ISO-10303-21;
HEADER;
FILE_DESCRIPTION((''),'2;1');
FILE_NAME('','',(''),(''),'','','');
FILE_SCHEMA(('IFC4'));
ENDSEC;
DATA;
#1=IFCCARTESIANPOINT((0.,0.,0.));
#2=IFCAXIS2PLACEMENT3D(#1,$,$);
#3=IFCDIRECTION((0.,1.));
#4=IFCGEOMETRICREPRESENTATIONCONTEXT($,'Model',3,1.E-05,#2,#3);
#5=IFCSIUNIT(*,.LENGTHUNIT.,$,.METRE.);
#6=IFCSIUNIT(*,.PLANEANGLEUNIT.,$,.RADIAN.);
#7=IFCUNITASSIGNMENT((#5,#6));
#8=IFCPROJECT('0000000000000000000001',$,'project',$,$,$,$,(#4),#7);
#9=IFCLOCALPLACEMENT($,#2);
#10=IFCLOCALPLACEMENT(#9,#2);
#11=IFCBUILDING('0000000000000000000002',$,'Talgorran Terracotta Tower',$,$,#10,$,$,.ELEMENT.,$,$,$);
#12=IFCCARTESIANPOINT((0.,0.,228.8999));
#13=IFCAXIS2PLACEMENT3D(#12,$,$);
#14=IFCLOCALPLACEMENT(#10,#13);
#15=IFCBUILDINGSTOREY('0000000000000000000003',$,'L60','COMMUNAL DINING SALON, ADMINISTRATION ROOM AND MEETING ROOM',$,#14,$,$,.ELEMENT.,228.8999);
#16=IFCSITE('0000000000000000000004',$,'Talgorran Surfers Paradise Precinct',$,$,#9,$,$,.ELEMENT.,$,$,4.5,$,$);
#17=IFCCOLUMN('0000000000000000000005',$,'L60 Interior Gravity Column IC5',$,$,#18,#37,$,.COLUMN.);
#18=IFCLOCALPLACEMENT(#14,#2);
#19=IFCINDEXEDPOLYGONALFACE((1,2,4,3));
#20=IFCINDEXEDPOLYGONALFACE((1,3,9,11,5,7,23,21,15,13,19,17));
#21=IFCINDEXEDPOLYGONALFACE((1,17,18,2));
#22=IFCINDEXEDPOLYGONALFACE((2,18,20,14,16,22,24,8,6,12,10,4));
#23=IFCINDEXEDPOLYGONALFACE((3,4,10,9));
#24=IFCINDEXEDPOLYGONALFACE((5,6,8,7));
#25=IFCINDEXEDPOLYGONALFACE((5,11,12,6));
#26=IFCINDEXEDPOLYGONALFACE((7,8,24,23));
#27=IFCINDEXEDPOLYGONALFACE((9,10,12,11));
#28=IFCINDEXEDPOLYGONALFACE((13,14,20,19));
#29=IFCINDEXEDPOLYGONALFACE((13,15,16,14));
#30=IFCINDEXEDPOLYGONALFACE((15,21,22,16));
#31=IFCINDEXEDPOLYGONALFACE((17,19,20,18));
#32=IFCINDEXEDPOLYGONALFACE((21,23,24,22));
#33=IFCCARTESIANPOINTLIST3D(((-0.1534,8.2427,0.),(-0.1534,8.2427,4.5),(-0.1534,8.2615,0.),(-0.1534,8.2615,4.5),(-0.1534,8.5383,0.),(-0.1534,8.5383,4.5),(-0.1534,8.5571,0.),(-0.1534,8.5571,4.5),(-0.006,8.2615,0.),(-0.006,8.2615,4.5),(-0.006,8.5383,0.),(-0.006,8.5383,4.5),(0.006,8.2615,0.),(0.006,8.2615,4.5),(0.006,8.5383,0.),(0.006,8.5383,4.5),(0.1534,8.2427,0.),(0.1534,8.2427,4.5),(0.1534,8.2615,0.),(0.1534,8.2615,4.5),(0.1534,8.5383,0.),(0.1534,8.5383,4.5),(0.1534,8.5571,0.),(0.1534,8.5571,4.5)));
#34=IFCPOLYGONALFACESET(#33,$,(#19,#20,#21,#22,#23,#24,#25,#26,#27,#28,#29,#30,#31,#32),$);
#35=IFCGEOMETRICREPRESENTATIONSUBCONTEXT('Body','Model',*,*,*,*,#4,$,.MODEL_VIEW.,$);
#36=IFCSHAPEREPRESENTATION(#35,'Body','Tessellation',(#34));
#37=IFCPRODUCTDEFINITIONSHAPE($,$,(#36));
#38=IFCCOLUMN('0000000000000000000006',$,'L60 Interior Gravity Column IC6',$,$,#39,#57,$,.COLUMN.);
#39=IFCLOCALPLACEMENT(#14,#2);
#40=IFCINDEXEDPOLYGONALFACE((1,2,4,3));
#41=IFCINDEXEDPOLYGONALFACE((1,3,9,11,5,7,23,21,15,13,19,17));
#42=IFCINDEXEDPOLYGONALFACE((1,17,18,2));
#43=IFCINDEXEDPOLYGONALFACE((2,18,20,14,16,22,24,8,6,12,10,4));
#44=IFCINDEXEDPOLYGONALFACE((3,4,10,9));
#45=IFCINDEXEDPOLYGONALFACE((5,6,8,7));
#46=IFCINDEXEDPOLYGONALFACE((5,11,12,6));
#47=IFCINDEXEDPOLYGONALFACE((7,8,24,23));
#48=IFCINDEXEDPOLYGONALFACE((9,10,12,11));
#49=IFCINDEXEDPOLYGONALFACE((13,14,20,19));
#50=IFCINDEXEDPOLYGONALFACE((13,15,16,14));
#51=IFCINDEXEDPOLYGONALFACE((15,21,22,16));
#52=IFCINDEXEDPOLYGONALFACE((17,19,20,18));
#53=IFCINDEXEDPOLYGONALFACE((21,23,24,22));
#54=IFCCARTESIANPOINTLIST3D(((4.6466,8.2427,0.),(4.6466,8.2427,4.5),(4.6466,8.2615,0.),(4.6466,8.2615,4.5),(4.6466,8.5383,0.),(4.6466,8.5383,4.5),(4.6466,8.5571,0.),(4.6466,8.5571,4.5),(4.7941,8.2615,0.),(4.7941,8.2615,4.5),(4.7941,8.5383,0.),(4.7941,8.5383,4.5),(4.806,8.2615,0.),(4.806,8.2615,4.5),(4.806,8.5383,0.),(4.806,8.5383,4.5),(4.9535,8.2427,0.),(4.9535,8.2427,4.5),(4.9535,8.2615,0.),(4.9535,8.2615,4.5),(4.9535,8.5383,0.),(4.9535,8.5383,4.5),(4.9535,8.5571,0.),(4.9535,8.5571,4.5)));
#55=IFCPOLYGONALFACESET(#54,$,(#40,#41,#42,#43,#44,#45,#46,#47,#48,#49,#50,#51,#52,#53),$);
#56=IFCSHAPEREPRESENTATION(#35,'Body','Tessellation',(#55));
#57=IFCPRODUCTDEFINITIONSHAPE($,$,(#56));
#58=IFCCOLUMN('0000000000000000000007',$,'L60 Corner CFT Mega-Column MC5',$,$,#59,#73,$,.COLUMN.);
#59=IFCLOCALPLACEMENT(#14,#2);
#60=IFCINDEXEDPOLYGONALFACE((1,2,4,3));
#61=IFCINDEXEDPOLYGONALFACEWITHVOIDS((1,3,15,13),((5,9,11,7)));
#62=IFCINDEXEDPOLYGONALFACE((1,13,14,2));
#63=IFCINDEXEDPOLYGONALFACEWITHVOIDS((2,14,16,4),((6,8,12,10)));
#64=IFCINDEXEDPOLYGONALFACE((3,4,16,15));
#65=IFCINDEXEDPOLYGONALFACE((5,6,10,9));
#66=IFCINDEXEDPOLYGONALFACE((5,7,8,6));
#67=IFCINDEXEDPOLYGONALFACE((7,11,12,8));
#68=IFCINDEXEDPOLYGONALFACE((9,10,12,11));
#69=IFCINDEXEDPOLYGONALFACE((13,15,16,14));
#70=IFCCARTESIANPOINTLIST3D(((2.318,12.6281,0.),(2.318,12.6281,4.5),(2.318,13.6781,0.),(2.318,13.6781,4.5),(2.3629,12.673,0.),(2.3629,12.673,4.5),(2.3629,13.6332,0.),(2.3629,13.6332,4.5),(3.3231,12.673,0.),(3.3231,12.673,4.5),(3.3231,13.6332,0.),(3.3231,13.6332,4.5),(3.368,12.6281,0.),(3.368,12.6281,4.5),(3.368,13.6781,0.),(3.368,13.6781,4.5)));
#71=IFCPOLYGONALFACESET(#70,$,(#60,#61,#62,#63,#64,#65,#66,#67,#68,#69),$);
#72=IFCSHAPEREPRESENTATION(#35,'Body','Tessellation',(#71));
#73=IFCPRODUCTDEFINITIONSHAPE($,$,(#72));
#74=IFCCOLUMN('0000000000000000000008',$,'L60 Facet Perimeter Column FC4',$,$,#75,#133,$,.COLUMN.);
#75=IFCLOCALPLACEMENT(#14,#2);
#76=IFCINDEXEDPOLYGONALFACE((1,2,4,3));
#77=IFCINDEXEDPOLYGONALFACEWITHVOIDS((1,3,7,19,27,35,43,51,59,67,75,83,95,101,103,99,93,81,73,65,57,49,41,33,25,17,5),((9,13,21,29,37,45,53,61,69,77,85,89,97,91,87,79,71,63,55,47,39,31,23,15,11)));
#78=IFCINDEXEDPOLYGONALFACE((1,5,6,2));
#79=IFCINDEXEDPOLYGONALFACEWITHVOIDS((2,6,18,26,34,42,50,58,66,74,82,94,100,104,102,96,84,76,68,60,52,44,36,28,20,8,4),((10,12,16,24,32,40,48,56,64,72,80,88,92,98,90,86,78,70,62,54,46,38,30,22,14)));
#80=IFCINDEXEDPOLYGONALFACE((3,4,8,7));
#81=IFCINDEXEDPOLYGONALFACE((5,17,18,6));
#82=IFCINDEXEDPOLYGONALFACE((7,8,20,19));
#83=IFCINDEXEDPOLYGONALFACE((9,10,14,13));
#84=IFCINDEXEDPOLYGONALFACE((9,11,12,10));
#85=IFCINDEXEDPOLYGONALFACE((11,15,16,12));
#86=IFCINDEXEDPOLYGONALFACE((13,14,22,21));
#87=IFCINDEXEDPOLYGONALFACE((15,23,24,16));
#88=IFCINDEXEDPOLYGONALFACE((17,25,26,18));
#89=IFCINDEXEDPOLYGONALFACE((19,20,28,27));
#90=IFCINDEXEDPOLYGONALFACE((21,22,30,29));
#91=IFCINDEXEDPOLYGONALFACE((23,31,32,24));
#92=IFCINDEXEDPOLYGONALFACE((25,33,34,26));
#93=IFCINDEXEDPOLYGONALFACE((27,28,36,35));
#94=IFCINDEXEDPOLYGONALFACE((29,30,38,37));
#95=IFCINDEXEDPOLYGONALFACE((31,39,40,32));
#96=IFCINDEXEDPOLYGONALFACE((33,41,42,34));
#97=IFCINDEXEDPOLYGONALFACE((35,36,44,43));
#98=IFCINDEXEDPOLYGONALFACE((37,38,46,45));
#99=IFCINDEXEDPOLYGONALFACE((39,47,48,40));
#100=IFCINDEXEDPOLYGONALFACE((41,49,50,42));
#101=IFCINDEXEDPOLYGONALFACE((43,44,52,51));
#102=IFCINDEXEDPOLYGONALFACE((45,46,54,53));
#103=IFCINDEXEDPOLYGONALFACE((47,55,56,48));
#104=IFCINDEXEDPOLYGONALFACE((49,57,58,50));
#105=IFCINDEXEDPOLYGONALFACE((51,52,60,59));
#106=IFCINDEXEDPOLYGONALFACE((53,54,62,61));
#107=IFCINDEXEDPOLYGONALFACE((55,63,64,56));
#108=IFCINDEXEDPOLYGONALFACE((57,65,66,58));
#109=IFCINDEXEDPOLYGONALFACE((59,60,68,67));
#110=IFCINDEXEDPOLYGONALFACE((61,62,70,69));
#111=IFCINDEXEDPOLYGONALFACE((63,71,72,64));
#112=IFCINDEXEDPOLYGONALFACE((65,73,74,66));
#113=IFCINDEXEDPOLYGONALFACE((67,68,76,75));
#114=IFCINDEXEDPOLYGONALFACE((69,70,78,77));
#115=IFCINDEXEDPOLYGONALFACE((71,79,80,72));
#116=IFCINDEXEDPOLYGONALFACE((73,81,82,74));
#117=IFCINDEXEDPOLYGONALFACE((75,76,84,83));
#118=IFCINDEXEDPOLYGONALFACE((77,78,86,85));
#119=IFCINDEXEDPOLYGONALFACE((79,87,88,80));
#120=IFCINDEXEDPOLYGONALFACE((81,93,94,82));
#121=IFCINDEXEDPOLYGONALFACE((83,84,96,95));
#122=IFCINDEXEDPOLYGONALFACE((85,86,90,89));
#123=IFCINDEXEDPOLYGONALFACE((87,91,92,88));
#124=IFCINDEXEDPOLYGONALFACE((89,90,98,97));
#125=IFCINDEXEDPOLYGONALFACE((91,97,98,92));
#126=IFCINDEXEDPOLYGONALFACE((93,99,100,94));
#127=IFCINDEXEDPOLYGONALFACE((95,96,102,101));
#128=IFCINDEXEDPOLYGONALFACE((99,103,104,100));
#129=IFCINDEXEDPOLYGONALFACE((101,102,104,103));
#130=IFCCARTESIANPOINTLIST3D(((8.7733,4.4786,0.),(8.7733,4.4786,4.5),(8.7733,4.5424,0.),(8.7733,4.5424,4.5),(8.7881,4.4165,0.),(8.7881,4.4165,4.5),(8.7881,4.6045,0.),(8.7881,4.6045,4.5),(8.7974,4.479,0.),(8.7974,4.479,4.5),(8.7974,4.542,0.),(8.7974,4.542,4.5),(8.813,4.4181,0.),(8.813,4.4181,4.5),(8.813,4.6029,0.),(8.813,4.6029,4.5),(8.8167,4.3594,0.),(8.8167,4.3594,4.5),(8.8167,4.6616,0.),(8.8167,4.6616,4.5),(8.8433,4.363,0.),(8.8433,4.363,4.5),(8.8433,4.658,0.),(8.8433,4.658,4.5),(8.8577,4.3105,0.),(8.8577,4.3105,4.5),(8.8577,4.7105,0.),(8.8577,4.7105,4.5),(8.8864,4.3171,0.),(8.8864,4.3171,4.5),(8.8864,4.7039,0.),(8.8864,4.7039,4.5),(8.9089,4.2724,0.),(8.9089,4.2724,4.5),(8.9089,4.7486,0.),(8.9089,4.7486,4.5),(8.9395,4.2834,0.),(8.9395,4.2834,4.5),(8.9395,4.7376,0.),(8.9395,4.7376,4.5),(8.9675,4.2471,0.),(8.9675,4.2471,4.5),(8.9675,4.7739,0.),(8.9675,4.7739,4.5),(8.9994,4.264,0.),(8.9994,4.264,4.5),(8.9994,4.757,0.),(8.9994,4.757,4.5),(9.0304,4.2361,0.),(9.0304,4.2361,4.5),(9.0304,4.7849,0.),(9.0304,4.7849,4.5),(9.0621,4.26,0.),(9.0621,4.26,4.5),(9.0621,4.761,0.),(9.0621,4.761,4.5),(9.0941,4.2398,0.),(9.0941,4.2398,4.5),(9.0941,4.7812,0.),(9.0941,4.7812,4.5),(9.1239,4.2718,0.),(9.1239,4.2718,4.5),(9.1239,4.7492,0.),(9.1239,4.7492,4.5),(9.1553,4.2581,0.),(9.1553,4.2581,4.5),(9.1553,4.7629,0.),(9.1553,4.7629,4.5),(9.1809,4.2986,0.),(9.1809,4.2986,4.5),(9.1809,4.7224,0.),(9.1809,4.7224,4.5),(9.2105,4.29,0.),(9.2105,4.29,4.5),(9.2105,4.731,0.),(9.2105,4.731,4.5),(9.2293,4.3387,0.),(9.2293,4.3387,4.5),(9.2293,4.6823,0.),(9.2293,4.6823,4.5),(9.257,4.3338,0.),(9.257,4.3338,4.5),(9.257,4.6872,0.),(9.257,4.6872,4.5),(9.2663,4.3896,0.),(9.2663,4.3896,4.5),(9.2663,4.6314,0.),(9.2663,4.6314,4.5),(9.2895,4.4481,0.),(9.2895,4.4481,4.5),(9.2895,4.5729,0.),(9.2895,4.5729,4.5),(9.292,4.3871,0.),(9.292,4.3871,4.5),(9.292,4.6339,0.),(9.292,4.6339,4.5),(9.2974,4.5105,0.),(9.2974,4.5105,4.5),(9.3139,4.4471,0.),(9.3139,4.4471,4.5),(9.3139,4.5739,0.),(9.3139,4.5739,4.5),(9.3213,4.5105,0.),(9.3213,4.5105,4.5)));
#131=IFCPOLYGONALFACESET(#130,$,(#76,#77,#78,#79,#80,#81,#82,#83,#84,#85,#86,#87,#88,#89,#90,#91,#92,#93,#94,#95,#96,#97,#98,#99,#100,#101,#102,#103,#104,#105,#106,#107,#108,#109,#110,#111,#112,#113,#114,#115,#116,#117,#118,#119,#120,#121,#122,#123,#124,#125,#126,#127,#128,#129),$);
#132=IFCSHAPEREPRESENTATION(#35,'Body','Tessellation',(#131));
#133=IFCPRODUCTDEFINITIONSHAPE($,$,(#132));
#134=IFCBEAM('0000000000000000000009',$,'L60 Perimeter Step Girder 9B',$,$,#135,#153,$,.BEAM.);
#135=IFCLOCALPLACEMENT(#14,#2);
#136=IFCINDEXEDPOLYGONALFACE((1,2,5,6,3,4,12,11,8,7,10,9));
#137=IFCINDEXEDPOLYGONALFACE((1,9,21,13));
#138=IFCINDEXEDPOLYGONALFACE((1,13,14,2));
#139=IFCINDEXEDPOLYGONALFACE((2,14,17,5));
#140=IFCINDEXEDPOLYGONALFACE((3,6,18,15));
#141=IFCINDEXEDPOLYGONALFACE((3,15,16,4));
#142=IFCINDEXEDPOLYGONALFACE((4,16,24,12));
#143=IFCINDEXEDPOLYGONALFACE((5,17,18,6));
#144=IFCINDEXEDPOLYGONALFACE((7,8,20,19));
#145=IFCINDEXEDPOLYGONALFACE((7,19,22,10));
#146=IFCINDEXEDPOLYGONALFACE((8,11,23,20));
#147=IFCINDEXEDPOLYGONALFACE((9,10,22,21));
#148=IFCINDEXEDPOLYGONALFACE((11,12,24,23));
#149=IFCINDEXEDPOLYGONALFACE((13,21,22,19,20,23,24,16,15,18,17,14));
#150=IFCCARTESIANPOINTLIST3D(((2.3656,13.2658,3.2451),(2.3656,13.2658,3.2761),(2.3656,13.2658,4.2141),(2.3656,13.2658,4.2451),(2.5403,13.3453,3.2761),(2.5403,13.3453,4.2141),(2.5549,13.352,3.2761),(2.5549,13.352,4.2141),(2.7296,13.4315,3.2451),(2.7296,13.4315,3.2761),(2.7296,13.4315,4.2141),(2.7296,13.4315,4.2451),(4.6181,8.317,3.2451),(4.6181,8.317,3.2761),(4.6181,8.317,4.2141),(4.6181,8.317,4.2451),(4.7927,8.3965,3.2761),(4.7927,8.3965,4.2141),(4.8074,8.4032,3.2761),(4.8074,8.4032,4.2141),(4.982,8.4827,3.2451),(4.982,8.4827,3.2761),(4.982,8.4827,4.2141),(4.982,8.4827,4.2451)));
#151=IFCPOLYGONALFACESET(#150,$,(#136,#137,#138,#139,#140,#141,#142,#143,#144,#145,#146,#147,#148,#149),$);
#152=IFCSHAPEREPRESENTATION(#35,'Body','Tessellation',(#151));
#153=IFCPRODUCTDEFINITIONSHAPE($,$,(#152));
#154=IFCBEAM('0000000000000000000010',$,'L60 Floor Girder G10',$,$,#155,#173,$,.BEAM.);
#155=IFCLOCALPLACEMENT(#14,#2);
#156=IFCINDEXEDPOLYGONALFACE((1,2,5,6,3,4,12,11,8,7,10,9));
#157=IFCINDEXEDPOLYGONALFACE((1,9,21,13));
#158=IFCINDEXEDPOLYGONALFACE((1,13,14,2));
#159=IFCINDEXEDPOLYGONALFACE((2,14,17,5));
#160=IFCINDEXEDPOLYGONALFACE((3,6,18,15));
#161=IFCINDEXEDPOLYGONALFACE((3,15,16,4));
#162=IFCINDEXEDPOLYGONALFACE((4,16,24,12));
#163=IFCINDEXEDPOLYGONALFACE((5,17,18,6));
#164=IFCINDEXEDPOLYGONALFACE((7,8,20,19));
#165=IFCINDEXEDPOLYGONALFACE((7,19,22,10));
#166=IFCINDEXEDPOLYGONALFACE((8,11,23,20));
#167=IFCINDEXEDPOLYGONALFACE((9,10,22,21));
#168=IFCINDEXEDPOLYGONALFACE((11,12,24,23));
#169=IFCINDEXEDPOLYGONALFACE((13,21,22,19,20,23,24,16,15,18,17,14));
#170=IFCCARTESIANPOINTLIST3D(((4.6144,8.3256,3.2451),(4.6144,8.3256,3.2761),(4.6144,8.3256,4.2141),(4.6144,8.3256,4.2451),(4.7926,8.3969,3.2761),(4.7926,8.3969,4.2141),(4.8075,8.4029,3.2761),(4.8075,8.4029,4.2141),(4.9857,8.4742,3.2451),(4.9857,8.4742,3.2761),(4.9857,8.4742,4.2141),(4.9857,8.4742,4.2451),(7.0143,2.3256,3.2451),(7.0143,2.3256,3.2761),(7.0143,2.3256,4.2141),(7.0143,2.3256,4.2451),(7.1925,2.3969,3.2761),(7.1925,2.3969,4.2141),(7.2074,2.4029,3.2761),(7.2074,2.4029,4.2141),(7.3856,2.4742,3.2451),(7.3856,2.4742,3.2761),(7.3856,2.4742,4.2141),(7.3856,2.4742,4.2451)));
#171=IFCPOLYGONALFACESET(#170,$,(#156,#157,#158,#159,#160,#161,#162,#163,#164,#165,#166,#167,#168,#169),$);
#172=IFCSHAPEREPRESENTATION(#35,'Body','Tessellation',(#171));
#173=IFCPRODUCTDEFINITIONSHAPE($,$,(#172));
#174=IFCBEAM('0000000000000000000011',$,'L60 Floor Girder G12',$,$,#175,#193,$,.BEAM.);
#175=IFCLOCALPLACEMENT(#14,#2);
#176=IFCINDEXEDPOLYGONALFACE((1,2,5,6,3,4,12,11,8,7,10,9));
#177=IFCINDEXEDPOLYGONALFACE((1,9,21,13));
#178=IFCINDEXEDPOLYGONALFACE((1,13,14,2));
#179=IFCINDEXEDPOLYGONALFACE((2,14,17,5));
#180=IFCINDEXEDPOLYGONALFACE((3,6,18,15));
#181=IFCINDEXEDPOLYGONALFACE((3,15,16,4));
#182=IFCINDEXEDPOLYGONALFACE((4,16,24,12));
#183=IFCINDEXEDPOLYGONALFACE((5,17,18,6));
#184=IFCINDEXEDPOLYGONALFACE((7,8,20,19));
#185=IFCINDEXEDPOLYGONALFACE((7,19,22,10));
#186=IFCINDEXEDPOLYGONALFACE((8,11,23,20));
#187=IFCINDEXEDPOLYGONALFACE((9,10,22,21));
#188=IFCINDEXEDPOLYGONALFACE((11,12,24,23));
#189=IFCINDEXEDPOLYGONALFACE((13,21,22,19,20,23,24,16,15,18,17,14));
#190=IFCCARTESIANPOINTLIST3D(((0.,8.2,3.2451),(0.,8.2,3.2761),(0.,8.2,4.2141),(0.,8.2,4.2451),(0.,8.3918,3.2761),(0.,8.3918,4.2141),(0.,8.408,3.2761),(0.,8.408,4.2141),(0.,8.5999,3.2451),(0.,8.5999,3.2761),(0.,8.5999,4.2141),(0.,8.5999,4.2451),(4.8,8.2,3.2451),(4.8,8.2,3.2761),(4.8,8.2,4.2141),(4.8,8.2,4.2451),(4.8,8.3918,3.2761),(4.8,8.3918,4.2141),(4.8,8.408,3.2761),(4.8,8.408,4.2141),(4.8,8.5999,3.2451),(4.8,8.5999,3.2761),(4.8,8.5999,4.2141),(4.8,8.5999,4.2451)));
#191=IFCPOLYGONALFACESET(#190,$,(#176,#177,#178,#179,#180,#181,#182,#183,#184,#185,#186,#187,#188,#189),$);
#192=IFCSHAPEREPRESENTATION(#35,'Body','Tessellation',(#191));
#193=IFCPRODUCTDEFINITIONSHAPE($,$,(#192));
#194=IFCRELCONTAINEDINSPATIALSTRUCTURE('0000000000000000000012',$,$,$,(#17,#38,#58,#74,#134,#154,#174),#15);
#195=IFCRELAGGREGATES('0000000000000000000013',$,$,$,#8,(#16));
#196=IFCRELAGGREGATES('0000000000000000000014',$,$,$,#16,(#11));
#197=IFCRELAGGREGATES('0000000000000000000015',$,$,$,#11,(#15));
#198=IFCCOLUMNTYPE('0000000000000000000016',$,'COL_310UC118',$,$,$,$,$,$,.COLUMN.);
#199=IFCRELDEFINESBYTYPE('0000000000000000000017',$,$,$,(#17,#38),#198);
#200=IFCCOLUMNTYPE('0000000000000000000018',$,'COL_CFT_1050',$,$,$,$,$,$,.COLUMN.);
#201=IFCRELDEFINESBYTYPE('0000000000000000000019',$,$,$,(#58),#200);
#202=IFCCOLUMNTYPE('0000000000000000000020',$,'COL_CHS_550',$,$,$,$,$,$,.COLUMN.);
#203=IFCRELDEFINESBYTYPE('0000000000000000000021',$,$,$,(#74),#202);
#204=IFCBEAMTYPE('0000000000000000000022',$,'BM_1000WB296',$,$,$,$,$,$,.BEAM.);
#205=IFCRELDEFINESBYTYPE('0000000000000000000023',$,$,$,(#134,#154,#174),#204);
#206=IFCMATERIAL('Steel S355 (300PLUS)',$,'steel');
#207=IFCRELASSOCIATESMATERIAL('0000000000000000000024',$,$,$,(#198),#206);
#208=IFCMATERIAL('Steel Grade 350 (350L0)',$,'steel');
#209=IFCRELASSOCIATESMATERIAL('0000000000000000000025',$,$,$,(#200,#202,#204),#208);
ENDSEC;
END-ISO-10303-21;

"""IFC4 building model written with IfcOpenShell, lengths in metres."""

from ifc_helpers import new_model, si_unit, direction, frame, origin, origin_2d, place, context, subcontext, project, spatial, hollow_rectangle, hollow_circle, i_section, extrude, material, material_profile, profile_set, type_object, element, save


model = new_model("IFC4")

# Units and contexts
model_context = context("Model", 3, precision=1e-05, world=origin(), true_north=direction((0.0, 1.0)))
body_context = subcontext(model_context, "Body", "Model", "MODEL_VIEW")
ifc_project = project(units=[si_unit("LENGTHUNIT", "METRE"), si_unit("PLANEANGLEUNIT", "RADIAN")], contexts=[model_context])

# Site, building, storey
site_placement = place(None, origin())
site = spatial("IfcSite", under=ifc_project, at=site_placement, Name="Talgorran Surfers Paradise Precinct", CompositionType="ELEMENT", RefElevation=4.5)
building_placement = place(site_placement, origin())
building = spatial("IfcBuilding", under=site, at=building_placement, Name="Talgorran Terracotta Tower", CompositionType="ELEMENT")
storey_placement = place(building_placement, frame((0.0, 0.0, 228.8999)))
storey = spatial("IfcBuildingStorey", under=building, at=storey_placement, Name="L60", Description="COMMUNAL DINING SALON, ADMINISTRATION ROOM AND MEETING ROOM", CompositionType="ELEMENT", Elevation=228.8999)

# Columns
ifc_material_1 = material(Name="Steel S355 (300PLUS)", Category="steel")
ifc_material_profile_1 = material_profile(ifc_material_1, i_section(OverallWidth=0.3069, OverallDepth=0.3145, WebThickness=0.012, FlangeThickness=0.0188, at=origin_2d()), Name="310UC118")
ifc_profile_set_1 = profile_set([ifc_material_profile_1], Name="Steel S355 (300PLUS)")
column_type_1 = type_object("IfcColumnType", Name="COL_310UC118", PredefinedType="COLUMN", material=ifc_profile_set_1)
for number, where, z_axis, x_axis, name in (
    (1, (0.0, 8.3999, 0.0), (0.0, 0.0, 1.0), (1.0, 0.0, 0.0), "L60 Interior Gravity Column IC5"),
    (2, (4.8, 8.3999, 0.0), (0.0, 0.0, 1.0), (1.0, 0.0, 0.0), "L60 Interior Gravity Column IC6"),
):
    element("IfcColumn", number, at=place(storey_placement, frame(where, z_axis=z_axis, x_axis=x_axis)), inside=storey, type_object=column_type_1, Name=name, PredefinedType="COLUMN", context=body_context, shape_type="SweptSolid", body=[
        extrude(i_section(OverallWidth=0.3069, OverallDepth=0.3145, WebThickness=0.012, FlangeThickness=0.0188, at=origin_2d()), origin(), (0.0, 0.0, 1.0), 4.5),
    ])
ifc_material_2 = material(Name="Steel Grade 350 (350L0)", Category="steel")
ifc_material_profile_2 = material_profile(ifc_material_2, hollow_rectangle(XDim=1.05, YDim=1.05, WallThickness=0.0449, at=origin_2d()), Name="CFT1050X1050X45")
ifc_profile_set_2 = profile_set([ifc_material_profile_2], Name="Steel Grade 350 (350L0)")
column_type_2 = type_object("IfcColumnType", Name="COL_CFT_1050", PredefinedType="COLUMN", material=ifc_profile_set_2)
column_1_placement = place(storey_placement, frame((2.843, 13.1531, 0.0), z_axis=(0.0, 0.0, 1.0), x_axis=(1.0, 0.0, 0.0)))
element("IfcColumn", 3, at=column_1_placement, inside=storey, type_object=column_type_2, Name="L60 Corner CFT Mega-Column MC5", PredefinedType="COLUMN", context=body_context, shape_type="SweptSolid", body=[
    extrude(hollow_rectangle(XDim=1.05, YDim=1.05, WallThickness=0.0449, at=origin_2d()), origin(), (0.0, 0.0, 1.0), 4.5),
])
ifc_material_profile_3 = material_profile(ifc_material_2, hollow_circle(Radius=0.2749, WallThickness=0.0239, at=origin_2d()), Name="CHS550X24")
ifc_profile_set_3 = profile_set([ifc_material_profile_3], Name="Steel Grade 350 (350L0)")
column_type_3 = type_object("IfcColumnType", Name="COL_CHS_550", PredefinedType="COLUMN", material=ifc_profile_set_3)
column_2_placement = place(storey_placement, frame((9.0464, 4.5105, 0.0), z_axis=(0.0, 0.0, 1.0), x_axis=(1.0, 0.0, 0.0)))
element("IfcColumn", 4, at=column_2_placement, inside=storey, type_object=column_type_3, Name="L60 Facet Perimeter Column FC4", PredefinedType="COLUMN", context=body_context, shape_type="SweptSolid", body=[
    extrude(hollow_circle(Radius=0.2749, WallThickness=0.0239, at=origin_2d()), origin(), (0.0, 0.0, 1.0), 4.5),
])

# Beams
ifc_material_profile_4 = material_profile(ifc_material_2, i_section(OverallWidth=0.3999, OverallDepth=1.0, WebThickness=0.0161, FlangeThickness=0.031, at=origin_2d()), Name="1000WB296")
ifc_profile_set_4 = profile_set([ifc_material_profile_4], Name="Steel Grade 350 (350L0)")
beam_type_1 = type_object("IfcBeamType", Name="BM_1000WB296", PredefinedType="BEAM", material=ifc_profile_set_4)
beam_1_placement = place(storey_placement, frame((2.5476, 13.3486, 3.7451), z_axis=(0.414263, -0.910157, 0.0), x_axis=(0.910157, 0.414263, 0.0)))
element("IfcBeam", 5, at=beam_1_placement, inside=storey, type_object=beam_type_1, Name="L60 Perimeter Step Girder 9B", PredefinedType="BEAM", context=body_context, shape_type="SweptSolid", body=[
    extrude(i_section(OverallWidth=0.3999, OverallDepth=1.0, WebThickness=0.0161, FlangeThickness=0.031, at=origin_2d()), origin(), (0.0, 0.0, 1.0), 5.4373),
])
beam_2_placement = place(storey_placement, frame((7.2, 2.3999, 3.7451), z_axis=(-0.371378, 0.928482, 0.0), x_axis=(-0.928482, -0.371378, 0.0)))
element("IfcBeam", 6, at=beam_2_placement, inside=storey, type_object=beam_type_1, Name="L60 Floor Girder G10", PredefinedType="BEAM", context=body_context, shape_type="SweptSolid", body=[
    extrude(i_section(OverallWidth=0.3999, OverallDepth=1.0, WebThickness=0.0161, FlangeThickness=0.031, at=origin_2d()), origin(), (0.0, 0.0, 1.0), 6.4622),
])
beam_3_placement = place(storey_placement, frame((0.0, 8.3999, 3.7451), z_axis=(1.0, 0.0, 0.0), x_axis=(0.0, 1.0, 0.0)))
element("IfcBeam", 7, at=beam_3_placement, inside=storey, type_object=beam_type_1, Name="L60 Floor Girder G12", PredefinedType="BEAM", context=body_context, shape_type="SweptSolid", body=[
    extrude(i_section(OverallWidth=0.3999, OverallDepth=1.0, WebThickness=0.0161, FlangeThickness=0.031, at=origin_2d()), origin(), (0.0, 0.0, 1.0), 4.8),
])

save(model, "model.ifc")
